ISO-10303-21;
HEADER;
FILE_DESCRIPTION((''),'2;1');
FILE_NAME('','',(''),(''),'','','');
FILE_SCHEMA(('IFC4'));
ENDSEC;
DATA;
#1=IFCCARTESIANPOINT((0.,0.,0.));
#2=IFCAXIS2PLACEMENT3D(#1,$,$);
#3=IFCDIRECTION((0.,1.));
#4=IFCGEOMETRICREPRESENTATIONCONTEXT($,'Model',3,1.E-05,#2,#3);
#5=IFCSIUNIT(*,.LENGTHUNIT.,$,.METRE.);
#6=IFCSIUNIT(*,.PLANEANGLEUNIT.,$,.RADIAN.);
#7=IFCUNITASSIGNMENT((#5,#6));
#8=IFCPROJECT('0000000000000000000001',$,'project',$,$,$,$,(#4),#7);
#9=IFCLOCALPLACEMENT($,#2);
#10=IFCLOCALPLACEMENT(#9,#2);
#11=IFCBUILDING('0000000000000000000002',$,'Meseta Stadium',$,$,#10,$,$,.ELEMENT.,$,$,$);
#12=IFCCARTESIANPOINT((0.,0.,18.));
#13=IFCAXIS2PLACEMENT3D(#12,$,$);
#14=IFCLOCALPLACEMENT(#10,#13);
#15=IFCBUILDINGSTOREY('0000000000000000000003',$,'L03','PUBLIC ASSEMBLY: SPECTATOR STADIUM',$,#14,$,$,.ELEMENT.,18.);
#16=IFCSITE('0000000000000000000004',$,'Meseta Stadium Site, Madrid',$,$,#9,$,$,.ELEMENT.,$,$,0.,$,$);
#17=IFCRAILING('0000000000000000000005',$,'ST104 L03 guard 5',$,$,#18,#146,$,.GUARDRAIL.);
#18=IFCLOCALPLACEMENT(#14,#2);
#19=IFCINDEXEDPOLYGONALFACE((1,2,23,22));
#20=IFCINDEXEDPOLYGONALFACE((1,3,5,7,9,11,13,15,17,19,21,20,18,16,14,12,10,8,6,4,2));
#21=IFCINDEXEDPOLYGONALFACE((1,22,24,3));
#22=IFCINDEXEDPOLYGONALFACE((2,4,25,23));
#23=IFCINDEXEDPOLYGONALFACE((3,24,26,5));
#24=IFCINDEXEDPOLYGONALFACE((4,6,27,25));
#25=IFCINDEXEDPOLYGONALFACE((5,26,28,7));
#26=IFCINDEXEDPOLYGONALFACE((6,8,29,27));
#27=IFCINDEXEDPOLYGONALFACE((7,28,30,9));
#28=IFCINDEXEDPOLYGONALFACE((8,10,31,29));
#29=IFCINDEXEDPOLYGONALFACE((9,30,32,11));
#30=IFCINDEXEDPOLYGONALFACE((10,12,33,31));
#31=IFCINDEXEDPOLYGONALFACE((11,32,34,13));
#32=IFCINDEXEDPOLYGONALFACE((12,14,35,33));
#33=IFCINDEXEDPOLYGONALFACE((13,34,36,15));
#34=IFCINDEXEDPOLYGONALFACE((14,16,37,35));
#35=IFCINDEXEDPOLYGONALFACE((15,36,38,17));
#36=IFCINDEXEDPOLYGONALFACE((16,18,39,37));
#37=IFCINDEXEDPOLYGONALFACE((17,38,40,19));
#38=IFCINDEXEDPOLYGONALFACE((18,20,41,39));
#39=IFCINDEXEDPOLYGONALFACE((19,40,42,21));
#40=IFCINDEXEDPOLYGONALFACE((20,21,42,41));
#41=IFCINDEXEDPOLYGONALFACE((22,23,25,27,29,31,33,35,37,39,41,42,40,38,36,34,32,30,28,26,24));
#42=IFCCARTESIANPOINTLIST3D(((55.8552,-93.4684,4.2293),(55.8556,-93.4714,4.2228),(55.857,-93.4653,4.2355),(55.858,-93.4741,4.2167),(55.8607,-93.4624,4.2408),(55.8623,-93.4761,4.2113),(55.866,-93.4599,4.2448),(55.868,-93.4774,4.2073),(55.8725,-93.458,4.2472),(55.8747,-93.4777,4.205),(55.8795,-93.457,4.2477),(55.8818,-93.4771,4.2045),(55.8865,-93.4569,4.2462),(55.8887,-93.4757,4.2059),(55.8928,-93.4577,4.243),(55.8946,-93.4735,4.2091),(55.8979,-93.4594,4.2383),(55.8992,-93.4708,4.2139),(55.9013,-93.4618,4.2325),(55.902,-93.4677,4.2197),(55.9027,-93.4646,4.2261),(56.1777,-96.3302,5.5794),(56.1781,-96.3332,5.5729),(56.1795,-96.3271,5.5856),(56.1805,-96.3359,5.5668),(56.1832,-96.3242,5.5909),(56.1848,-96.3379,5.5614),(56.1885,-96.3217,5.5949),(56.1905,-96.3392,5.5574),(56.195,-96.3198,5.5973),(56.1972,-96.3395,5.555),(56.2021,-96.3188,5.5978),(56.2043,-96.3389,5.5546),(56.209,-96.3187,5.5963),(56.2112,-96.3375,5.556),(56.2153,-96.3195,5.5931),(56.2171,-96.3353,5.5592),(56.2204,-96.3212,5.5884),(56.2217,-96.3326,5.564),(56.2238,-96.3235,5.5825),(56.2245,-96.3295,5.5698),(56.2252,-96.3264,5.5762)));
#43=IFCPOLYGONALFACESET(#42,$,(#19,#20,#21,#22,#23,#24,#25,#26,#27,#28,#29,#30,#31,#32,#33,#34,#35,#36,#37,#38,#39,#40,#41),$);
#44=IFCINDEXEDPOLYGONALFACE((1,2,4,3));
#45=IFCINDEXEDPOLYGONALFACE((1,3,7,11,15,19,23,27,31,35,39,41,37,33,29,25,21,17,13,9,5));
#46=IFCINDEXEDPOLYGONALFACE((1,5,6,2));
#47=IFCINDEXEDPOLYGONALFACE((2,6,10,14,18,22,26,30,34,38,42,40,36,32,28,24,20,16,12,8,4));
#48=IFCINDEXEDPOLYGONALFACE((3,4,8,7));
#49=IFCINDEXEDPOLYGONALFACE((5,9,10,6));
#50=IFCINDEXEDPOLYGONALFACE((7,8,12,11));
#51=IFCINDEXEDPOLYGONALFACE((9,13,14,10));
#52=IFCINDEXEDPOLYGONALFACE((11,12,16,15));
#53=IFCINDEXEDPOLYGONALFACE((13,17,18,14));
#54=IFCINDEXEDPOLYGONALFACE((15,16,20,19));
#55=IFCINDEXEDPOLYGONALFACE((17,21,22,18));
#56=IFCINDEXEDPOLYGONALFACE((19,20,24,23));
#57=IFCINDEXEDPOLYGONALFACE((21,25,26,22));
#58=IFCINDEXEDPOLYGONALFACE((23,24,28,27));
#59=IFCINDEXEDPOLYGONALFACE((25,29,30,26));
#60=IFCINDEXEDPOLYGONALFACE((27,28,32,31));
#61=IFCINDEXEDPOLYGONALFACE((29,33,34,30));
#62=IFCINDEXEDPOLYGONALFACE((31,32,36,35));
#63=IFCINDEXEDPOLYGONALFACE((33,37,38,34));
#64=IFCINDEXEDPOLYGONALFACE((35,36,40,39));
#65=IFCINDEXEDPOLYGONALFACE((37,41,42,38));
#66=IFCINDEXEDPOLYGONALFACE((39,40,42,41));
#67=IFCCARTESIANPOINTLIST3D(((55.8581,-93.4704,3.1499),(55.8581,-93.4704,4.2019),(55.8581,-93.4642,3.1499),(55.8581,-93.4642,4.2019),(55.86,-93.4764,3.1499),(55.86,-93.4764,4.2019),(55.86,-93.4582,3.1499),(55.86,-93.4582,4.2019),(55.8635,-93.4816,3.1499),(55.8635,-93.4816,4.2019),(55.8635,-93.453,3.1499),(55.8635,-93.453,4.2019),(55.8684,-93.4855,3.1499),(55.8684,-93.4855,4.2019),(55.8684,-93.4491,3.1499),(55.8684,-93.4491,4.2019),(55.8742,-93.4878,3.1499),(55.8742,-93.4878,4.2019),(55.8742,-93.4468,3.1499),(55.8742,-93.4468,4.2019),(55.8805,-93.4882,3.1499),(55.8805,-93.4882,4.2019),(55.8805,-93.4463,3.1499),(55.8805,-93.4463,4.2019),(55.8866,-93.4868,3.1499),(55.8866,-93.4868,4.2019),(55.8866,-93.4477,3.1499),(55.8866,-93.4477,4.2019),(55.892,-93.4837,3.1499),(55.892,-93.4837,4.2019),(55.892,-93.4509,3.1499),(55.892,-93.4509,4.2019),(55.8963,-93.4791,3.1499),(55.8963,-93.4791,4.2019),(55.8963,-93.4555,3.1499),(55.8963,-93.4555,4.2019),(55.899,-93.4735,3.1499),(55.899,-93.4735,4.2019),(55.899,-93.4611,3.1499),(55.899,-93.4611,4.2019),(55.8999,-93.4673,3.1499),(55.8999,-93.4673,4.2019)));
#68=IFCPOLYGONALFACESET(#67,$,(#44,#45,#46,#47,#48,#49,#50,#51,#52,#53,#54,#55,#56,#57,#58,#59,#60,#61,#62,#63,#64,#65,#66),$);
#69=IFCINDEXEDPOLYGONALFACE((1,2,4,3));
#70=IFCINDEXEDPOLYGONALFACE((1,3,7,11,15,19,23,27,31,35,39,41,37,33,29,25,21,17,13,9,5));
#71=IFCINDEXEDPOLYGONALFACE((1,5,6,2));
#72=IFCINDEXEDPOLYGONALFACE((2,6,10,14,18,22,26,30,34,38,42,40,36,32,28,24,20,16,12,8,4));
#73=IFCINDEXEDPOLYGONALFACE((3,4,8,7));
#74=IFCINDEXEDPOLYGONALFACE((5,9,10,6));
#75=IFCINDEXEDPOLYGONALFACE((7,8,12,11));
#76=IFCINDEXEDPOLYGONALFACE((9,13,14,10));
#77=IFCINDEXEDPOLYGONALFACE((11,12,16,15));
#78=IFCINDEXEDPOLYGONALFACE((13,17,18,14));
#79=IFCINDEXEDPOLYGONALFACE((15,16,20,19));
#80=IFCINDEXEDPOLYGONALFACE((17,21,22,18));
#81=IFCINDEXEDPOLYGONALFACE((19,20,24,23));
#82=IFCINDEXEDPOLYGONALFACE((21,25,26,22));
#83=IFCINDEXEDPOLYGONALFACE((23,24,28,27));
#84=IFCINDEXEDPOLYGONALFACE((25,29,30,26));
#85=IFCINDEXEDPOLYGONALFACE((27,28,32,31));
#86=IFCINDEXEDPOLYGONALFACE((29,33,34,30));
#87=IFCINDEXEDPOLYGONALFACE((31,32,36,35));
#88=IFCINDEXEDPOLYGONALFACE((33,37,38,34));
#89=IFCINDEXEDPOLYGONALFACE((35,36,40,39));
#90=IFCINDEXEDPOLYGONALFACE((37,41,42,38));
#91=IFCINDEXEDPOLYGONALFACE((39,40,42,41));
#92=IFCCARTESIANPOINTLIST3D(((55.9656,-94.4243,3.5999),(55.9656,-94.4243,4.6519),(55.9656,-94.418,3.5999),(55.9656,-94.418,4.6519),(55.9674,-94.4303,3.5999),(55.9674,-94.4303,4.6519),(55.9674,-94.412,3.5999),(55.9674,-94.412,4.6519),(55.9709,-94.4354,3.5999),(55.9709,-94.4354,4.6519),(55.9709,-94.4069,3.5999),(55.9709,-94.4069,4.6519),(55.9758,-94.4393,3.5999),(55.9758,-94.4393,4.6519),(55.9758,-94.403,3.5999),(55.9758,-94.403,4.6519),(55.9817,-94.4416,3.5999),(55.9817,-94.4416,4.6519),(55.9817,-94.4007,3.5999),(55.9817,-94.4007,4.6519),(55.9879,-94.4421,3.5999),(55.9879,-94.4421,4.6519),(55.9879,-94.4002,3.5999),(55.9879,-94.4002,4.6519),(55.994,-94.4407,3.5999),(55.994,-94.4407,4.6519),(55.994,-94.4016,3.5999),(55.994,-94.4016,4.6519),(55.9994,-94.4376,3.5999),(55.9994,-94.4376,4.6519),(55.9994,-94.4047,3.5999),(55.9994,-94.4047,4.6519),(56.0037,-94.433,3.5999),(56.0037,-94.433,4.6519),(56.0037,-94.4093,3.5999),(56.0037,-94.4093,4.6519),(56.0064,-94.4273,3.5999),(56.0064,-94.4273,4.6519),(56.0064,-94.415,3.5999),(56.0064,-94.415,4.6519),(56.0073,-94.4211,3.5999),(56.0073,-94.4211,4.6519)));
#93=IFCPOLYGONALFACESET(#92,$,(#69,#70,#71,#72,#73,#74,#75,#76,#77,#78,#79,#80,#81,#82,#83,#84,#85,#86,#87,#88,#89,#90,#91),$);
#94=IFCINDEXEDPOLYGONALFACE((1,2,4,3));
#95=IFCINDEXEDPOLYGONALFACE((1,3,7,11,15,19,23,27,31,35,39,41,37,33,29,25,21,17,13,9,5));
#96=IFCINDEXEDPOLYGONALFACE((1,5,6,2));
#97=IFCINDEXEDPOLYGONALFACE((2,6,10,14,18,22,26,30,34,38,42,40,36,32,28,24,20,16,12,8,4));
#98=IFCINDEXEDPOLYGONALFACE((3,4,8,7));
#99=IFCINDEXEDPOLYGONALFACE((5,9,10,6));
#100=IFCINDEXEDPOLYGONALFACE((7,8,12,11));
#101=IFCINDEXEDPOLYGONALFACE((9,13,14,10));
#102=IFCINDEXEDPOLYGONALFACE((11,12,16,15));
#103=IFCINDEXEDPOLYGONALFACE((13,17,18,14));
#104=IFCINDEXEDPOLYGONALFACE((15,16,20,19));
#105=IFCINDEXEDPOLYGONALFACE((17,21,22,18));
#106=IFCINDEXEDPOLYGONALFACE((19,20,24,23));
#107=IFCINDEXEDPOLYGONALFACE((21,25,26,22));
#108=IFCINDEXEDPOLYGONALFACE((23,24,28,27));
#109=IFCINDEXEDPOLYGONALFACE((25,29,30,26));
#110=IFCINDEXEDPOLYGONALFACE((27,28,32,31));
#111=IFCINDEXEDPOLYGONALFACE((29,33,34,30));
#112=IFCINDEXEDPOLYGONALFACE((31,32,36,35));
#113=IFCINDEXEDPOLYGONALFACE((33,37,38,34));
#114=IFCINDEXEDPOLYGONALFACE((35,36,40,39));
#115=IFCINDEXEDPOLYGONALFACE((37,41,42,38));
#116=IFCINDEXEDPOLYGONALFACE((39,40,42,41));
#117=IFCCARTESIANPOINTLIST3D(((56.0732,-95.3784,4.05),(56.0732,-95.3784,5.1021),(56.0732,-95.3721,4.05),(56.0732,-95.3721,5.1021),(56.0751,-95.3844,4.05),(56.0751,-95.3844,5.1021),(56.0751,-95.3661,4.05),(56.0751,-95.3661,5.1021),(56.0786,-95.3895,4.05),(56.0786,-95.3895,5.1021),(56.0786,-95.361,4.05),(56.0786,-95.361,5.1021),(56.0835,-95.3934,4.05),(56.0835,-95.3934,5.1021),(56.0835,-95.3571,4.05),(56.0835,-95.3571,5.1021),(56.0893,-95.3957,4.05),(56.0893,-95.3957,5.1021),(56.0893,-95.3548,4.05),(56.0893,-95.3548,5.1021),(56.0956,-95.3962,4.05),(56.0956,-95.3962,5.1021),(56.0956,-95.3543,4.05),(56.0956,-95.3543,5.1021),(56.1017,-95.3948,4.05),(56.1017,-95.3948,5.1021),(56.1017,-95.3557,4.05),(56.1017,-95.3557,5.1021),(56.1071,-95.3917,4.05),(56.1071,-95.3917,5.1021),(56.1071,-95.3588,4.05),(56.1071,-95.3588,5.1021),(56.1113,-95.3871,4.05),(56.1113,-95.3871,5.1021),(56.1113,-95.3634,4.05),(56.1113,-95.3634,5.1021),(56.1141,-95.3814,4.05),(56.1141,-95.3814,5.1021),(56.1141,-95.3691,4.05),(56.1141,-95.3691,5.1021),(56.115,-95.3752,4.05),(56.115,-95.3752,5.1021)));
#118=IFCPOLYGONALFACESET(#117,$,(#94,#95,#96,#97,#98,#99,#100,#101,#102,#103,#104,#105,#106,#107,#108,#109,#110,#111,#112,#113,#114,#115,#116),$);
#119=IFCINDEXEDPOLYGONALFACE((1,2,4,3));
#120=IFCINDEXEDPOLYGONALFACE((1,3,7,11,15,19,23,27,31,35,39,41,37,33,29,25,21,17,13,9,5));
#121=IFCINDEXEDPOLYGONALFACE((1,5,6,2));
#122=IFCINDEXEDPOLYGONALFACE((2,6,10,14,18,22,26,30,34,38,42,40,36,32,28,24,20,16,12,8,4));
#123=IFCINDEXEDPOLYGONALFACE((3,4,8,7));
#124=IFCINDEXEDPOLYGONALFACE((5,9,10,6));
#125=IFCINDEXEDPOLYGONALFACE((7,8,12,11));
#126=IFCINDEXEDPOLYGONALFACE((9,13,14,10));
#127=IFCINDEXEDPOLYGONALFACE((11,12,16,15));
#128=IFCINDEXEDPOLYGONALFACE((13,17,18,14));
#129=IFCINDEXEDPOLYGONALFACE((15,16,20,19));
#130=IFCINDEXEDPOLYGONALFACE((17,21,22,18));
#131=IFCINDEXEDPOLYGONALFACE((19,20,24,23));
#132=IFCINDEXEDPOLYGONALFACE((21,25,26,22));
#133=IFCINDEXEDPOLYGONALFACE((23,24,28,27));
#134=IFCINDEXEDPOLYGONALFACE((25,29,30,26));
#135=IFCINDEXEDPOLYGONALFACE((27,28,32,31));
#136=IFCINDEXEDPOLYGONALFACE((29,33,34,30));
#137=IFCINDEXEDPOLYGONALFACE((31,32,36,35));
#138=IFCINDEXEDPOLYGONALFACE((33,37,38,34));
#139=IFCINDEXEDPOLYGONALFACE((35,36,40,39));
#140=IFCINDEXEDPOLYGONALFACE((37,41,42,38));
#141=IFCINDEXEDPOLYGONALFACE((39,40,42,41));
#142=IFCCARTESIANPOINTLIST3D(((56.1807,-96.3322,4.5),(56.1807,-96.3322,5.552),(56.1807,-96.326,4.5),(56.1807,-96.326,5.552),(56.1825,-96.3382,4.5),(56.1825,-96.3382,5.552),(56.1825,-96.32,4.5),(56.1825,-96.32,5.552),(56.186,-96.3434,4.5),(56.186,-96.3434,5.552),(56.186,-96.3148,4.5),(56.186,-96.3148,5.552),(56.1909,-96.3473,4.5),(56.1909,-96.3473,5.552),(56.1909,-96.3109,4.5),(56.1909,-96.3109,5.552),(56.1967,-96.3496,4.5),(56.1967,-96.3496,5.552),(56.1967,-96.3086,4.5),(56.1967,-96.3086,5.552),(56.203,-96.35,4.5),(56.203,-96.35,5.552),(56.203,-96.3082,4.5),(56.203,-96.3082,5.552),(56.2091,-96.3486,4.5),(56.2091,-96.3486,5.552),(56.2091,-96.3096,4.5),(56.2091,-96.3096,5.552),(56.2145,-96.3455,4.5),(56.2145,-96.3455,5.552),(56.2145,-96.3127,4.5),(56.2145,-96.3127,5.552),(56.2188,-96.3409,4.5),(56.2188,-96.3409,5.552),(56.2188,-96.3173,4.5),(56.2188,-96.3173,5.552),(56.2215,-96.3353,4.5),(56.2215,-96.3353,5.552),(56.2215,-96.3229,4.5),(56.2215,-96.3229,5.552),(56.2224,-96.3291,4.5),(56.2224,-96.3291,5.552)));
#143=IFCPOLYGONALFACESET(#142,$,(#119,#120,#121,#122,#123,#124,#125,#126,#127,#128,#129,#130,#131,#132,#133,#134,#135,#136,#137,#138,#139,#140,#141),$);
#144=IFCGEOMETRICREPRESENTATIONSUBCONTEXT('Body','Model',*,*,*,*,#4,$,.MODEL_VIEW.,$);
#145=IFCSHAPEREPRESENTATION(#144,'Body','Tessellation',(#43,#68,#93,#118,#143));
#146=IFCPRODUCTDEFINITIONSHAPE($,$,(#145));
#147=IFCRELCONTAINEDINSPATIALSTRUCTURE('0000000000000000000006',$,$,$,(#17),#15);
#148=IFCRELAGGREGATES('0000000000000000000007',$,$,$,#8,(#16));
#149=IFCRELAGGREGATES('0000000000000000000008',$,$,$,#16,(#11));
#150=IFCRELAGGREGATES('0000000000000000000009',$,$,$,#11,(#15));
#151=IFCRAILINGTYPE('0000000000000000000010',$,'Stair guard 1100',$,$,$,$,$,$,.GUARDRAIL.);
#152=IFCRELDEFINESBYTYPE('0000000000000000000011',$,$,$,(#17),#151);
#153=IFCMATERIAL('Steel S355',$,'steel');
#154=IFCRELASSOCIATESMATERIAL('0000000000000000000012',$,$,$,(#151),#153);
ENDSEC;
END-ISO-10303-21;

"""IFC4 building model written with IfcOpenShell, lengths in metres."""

from ifc_helpers import new_model, si_unit, direction, frame, origin, origin_2d, place, context, subcontext, project, spatial, circle, extrude, material, type_object, element, save


model = new_model("IFC4")

# Units and contexts
model_context = context("Model", 3, precision=1e-05, world=origin(), true_north=direction((0.0, 1.0)))
body_context = subcontext(model_context, "Body", "Model", "MODEL_VIEW")
ifc_project = project(units=[si_unit("LENGTHUNIT", "METRE"), si_unit("PLANEANGLEUNIT", "RADIAN")], contexts=[model_context])

# Site, building, storey
site_placement = place(None, origin())
site = spatial("IfcSite", under=ifc_project, at=site_placement, Name="Meseta Stadium Site, Madrid", CompositionType="ELEMENT", RefElevation=0.0)
building_placement = place(site_placement, origin())
building = spatial("IfcBuilding", under=site, at=building_placement, Name="Meseta Stadium", CompositionType="ELEMENT")
storey_placement = place(building_placement, frame((0.0, 0.0, 18.0)))
storey = spatial("IfcBuildingStorey", under=building, at=storey_placement, Name="L03", Description="PUBLIC ASSEMBLY: SPECTATOR STADIUM", CompositionType="ELEMENT", Elevation=18.0)

# Railing
ifc_material_1 = material(Name="Steel S355", Category="steel")
railing_type_1 = type_object("IfcRailingType", Name="Stair guard 1100", PredefinedType="GUARDRAIL", material=ifc_material_1)
railing_1_placement = place(storey_placement, frame((55.8789, -93.4673, 3.1499)))
element("IfcRailing", 1, at=railing_1_placement, inside=storey, type_object=railing_type_1, Name="ST104 L03 guard 5", PredefinedType="GUARDRAIL", context=body_context, shape_type="SweptSolid", body=[
    extrude(circle(Radius=0.0239, at=origin_2d()), frame((0.0, 0.0, 1.0762), z_axis=(0.101396, -0.899748, 0.424467), x_axis=(0.99371, 0.111985, 0.0)), (0.0, 0.0, 1.0), 3.1807),
    extrude(circle(Radius=0.021, at=origin_2d()), origin(), (0.0, 0.0, 1.0), 1.052),
    extrude(circle(Radius=0.021, at=origin_2d()), frame((0.1074, -0.9539, 0.45)), (0.0, 0.0, 1.0), 1.052),
    extrude(circle(Radius=0.021, at=origin_2d()), frame((0.2151, -1.908, 0.9001)), (0.0, 0.0, 1.0), 1.052),
    extrude(circle(Radius=0.021, at=origin_2d()), frame((0.3225, -2.8618, 1.3501)), (0.0, 0.0, 1.0), 1.052),
])

save(model, "model.ifc")
